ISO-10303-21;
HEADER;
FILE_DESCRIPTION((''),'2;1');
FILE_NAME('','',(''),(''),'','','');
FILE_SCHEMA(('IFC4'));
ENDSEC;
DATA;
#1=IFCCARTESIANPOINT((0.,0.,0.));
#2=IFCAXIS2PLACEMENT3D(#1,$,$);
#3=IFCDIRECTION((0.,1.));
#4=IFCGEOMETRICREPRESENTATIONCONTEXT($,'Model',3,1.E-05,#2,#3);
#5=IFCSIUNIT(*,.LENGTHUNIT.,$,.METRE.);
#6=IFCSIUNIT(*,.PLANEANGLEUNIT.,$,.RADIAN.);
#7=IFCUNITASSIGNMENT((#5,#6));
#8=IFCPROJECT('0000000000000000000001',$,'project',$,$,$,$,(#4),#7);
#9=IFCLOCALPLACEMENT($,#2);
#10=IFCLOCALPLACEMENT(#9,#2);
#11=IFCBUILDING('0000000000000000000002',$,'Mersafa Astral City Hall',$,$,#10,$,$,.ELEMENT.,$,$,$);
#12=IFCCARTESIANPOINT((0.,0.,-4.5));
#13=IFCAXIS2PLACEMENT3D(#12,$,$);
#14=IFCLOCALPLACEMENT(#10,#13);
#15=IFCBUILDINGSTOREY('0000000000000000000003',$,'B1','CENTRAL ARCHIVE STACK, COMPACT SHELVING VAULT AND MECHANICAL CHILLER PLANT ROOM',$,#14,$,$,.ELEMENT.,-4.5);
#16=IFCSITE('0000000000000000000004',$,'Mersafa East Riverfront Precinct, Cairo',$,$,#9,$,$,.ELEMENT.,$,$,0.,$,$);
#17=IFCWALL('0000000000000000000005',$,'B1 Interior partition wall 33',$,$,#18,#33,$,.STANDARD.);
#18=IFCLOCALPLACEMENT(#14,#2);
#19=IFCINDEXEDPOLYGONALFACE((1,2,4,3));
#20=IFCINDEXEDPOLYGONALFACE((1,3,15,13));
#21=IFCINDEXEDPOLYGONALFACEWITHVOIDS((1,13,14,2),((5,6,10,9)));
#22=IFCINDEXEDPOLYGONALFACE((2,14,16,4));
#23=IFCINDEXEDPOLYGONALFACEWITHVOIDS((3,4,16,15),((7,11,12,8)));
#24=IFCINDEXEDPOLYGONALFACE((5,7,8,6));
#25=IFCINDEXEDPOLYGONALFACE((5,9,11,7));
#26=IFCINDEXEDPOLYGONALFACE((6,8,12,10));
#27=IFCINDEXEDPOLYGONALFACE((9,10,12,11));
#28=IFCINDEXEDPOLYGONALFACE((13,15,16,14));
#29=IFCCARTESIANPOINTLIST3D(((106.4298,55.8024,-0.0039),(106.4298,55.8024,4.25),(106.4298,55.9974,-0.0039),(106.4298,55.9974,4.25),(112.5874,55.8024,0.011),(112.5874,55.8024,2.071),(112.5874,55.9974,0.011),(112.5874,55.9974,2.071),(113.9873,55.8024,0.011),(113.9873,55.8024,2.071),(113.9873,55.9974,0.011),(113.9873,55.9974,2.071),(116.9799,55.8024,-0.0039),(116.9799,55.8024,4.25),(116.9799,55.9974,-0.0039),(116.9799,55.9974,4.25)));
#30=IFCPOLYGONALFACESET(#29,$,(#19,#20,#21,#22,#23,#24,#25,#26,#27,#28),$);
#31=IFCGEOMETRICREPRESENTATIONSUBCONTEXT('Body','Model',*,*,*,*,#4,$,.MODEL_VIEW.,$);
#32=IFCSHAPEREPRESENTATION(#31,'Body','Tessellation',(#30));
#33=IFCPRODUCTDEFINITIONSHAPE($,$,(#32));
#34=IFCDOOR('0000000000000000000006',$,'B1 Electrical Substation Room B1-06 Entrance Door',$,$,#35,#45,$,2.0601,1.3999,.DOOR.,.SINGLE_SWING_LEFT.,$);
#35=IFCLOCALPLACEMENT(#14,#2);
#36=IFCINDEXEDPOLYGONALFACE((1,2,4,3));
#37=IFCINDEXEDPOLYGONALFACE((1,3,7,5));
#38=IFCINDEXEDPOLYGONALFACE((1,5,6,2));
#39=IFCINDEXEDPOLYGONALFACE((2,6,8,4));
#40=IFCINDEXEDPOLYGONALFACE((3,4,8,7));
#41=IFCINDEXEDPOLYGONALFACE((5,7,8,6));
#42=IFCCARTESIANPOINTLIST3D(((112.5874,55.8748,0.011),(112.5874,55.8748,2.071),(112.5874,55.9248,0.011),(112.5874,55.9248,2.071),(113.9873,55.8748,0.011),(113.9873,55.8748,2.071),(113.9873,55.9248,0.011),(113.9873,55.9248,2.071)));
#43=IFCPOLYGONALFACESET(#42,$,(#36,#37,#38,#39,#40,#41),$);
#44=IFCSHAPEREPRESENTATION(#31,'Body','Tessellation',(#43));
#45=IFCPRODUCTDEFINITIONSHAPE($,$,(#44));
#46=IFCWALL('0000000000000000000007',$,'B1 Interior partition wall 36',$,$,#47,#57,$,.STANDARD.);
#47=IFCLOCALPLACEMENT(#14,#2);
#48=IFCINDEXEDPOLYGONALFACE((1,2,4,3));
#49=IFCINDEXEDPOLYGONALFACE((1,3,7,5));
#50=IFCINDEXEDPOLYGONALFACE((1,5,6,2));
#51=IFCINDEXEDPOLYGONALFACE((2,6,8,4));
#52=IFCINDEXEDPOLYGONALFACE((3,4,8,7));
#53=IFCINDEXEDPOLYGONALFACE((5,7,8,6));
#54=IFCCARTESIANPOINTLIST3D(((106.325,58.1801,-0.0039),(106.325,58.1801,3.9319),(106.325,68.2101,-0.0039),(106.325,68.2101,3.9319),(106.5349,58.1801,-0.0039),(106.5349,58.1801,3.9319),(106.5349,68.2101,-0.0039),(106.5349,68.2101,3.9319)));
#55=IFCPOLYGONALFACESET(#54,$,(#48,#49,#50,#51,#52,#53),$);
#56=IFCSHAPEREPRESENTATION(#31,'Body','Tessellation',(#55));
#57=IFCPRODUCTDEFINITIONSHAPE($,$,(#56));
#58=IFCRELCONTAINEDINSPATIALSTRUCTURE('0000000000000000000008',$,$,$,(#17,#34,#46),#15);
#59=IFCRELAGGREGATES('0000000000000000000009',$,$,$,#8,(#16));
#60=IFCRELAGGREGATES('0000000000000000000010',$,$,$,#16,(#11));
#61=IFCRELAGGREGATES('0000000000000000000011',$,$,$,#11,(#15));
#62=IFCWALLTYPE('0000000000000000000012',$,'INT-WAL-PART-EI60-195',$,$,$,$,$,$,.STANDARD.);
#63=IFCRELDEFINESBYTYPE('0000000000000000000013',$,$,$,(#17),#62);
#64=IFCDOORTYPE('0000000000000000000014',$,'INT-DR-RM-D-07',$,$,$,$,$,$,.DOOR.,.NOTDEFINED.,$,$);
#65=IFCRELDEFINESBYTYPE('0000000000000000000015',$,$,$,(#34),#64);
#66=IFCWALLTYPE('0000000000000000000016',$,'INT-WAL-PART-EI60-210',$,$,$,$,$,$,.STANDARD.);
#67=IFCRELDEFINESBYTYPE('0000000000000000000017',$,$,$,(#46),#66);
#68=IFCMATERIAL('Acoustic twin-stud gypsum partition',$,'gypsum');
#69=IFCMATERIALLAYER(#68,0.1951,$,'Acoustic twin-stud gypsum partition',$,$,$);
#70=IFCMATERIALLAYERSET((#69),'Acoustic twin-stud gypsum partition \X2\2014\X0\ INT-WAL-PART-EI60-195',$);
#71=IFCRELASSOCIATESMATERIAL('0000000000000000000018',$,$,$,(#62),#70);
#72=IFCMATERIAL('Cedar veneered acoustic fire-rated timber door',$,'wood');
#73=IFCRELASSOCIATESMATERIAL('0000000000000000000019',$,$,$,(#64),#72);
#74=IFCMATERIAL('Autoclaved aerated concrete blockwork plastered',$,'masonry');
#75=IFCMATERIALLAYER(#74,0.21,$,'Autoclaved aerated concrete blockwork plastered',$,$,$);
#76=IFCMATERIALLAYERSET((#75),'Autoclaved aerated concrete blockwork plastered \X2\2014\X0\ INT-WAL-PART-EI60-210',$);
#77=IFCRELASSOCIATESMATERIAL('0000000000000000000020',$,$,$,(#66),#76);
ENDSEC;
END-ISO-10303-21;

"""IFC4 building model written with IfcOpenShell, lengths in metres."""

from ifc_helpers import new_model, si_unit, direction, frame, frame_2d, origin, place, context, subcontext, project, spatial, rectangle, extrude, material, layer, layer_set, type_object, element, fill, save


model = new_model("IFC4")

# Units and contexts
model_context = context("Model", 3, precision=1e-05, world=origin(), true_north=direction((0.0, 1.0)))
body_context = subcontext(model_context, "Body", "Model", "MODEL_VIEW")
ifc_project = project(units=[si_unit("LENGTHUNIT", "METRE"), si_unit("PLANEANGLEUNIT", "RADIAN")], contexts=[model_context])

# Site, building, storey
site_placement = place(None, origin())
site = spatial("IfcSite", under=ifc_project, at=site_placement, Name="Mersafa East Riverfront Precinct, Cairo", CompositionType="ELEMENT", RefElevation=0.0)
building_placement = place(site_placement, origin())
building = spatial("IfcBuilding", under=site, at=building_placement, Name="Mersafa Astral City Hall", CompositionType="ELEMENT")
storey_placement = place(building_placement, frame((0.0, 0.0, -4.5)))
storey = spatial("IfcBuildingStorey", under=building, at=storey_placement, Name="B1", Description="CENTRAL ARCHIVE STACK, COMPACT SHELVING VAULT AND MECHANICAL CHILLER PLANT ROOM", CompositionType="ELEMENT", Elevation=-4.5)

# Shared definitions
ifc_material_1 = material(Name="Acoustic twin-stud gypsum partition", Category="gypsum")

# Wall, opening, door
ifc_layer_1 = layer(ifc_material_1, 0.1951, Name="Acoustic twin-stud gypsum partition")
ifc_layer_set_1 = layer_set([ifc_layer_1], Name="Acoustic twin-stud gypsum partition — INT-WAL-PART-EI60-195")
wall_type_1 = type_object("IfcWallType", Name="INT-WAL-PART-EI60-195", PredefinedType="STANDARD", material=ifc_layer_set_1)
wall_1_placement = place(storey_placement, frame((106.4299, 55.8999, -0.0039), z_axis=(0.0, 0.0, 1.0), x_axis=(1.0, 0.0, 0.0)))
wall_1 = element("IfcWall", 1, at=wall_1_placement, inside=storey, type_object=wall_type_1, Name="B1 Interior partition wall 33", PredefinedType="STANDARD", context=body_context, shape_type="SweptSolid", body=[
    extrude(rectangle(XDim=10.55, YDim=0.1951, at=frame_2d((5.2749, 0.0))), origin(), (0.0, 0.0, 1.0), 4.2539),
])
opening_placement = place(wall_1_placement, frame((6.1575, 0.0, 0.0149)))
opening = element("IfcOpeningElement", 2, at=opening_placement, cuts=wall_1, PredefinedType="OPENING", context=body_context, shape_type="SweptSolid", body=[
    extrude(rectangle(XDim=1.3999, YDim=2.0601, at=frame_2d((0.7, 1.03))), frame((0.0, 0.1074, 0.0), z_axis=(0.0, -1.0, 0.0), x_axis=(1.0, 0.0, 0.0)), (0.0, 0.0, 1.0), 0.2151),
])
ifc_material_2 = material(Name="Cedar veneered acoustic fire-rated timber door", Category="wood")
door_type = type_object("IfcDoorType", Name="INT-DR-RM-D-07", OperationType="NOTDEFINED", PredefinedType="DOOR", material=ifc_material_2)
door_placement = place(opening_placement, origin())
door = element("IfcDoor", 3, at=door_placement, inside=storey, type_object=door_type, Name="B1 Electrical Substation Room B1-06 Entrance Door", OperationType="SINGLE_SWING_LEFT", OverallHeight=2.0601, OverallWidth=1.3999, PredefinedType="DOOR", context=body_context, shape_type="SweptSolid", body=[
    extrude(rectangle(XDim=1.3999, YDim=2.0601, at=frame_2d((0.7, 1.03))), frame((0.0, 0.0249, 0.0), z_axis=(0.0, -1.0, 0.0), x_axis=(1.0, 0.0, 0.0)), (0.0, 0.0, 1.0), 0.05),
])
fill(opening, door)

# Wall
ifc_material_3 = material(Name="Autoclaved aerated concrete blockwork plastered", Category="masonry")
ifc_layer_2 = layer(ifc_material_3, 0.21, Name="Autoclaved aerated concrete blockwork plastered")
ifc_layer_set_2 = layer_set([ifc_layer_2], Name="Autoclaved aerated concrete blockwork plastered — INT-WAL-PART-EI60-210")
wall_type_2 = type_object("IfcWallType", Name="INT-WAL-PART-EI60-210", PredefinedType="STANDARD", material=ifc_layer_set_2)
wall_2_placement = place(storey_placement, frame((106.4299, 58.1799, -0.0039), z_axis=(0.0, 0.0, 1.0), x_axis=(0.0, 1.0, 0.0)))
element("IfcWall", 4, at=wall_2_placement, inside=storey, type_object=wall_type_2, Name="B1 Interior partition wall 36", PredefinedType="STANDARD", context=body_context, shape_type="SweptSolid", body=[
    extrude(rectangle(XDim=10.03, YDim=0.21, at=frame_2d((5.0151, 0.0))), origin(), (0.0, 0.0, 1.0), 3.9358),
])

save(model, "model.ifc")
